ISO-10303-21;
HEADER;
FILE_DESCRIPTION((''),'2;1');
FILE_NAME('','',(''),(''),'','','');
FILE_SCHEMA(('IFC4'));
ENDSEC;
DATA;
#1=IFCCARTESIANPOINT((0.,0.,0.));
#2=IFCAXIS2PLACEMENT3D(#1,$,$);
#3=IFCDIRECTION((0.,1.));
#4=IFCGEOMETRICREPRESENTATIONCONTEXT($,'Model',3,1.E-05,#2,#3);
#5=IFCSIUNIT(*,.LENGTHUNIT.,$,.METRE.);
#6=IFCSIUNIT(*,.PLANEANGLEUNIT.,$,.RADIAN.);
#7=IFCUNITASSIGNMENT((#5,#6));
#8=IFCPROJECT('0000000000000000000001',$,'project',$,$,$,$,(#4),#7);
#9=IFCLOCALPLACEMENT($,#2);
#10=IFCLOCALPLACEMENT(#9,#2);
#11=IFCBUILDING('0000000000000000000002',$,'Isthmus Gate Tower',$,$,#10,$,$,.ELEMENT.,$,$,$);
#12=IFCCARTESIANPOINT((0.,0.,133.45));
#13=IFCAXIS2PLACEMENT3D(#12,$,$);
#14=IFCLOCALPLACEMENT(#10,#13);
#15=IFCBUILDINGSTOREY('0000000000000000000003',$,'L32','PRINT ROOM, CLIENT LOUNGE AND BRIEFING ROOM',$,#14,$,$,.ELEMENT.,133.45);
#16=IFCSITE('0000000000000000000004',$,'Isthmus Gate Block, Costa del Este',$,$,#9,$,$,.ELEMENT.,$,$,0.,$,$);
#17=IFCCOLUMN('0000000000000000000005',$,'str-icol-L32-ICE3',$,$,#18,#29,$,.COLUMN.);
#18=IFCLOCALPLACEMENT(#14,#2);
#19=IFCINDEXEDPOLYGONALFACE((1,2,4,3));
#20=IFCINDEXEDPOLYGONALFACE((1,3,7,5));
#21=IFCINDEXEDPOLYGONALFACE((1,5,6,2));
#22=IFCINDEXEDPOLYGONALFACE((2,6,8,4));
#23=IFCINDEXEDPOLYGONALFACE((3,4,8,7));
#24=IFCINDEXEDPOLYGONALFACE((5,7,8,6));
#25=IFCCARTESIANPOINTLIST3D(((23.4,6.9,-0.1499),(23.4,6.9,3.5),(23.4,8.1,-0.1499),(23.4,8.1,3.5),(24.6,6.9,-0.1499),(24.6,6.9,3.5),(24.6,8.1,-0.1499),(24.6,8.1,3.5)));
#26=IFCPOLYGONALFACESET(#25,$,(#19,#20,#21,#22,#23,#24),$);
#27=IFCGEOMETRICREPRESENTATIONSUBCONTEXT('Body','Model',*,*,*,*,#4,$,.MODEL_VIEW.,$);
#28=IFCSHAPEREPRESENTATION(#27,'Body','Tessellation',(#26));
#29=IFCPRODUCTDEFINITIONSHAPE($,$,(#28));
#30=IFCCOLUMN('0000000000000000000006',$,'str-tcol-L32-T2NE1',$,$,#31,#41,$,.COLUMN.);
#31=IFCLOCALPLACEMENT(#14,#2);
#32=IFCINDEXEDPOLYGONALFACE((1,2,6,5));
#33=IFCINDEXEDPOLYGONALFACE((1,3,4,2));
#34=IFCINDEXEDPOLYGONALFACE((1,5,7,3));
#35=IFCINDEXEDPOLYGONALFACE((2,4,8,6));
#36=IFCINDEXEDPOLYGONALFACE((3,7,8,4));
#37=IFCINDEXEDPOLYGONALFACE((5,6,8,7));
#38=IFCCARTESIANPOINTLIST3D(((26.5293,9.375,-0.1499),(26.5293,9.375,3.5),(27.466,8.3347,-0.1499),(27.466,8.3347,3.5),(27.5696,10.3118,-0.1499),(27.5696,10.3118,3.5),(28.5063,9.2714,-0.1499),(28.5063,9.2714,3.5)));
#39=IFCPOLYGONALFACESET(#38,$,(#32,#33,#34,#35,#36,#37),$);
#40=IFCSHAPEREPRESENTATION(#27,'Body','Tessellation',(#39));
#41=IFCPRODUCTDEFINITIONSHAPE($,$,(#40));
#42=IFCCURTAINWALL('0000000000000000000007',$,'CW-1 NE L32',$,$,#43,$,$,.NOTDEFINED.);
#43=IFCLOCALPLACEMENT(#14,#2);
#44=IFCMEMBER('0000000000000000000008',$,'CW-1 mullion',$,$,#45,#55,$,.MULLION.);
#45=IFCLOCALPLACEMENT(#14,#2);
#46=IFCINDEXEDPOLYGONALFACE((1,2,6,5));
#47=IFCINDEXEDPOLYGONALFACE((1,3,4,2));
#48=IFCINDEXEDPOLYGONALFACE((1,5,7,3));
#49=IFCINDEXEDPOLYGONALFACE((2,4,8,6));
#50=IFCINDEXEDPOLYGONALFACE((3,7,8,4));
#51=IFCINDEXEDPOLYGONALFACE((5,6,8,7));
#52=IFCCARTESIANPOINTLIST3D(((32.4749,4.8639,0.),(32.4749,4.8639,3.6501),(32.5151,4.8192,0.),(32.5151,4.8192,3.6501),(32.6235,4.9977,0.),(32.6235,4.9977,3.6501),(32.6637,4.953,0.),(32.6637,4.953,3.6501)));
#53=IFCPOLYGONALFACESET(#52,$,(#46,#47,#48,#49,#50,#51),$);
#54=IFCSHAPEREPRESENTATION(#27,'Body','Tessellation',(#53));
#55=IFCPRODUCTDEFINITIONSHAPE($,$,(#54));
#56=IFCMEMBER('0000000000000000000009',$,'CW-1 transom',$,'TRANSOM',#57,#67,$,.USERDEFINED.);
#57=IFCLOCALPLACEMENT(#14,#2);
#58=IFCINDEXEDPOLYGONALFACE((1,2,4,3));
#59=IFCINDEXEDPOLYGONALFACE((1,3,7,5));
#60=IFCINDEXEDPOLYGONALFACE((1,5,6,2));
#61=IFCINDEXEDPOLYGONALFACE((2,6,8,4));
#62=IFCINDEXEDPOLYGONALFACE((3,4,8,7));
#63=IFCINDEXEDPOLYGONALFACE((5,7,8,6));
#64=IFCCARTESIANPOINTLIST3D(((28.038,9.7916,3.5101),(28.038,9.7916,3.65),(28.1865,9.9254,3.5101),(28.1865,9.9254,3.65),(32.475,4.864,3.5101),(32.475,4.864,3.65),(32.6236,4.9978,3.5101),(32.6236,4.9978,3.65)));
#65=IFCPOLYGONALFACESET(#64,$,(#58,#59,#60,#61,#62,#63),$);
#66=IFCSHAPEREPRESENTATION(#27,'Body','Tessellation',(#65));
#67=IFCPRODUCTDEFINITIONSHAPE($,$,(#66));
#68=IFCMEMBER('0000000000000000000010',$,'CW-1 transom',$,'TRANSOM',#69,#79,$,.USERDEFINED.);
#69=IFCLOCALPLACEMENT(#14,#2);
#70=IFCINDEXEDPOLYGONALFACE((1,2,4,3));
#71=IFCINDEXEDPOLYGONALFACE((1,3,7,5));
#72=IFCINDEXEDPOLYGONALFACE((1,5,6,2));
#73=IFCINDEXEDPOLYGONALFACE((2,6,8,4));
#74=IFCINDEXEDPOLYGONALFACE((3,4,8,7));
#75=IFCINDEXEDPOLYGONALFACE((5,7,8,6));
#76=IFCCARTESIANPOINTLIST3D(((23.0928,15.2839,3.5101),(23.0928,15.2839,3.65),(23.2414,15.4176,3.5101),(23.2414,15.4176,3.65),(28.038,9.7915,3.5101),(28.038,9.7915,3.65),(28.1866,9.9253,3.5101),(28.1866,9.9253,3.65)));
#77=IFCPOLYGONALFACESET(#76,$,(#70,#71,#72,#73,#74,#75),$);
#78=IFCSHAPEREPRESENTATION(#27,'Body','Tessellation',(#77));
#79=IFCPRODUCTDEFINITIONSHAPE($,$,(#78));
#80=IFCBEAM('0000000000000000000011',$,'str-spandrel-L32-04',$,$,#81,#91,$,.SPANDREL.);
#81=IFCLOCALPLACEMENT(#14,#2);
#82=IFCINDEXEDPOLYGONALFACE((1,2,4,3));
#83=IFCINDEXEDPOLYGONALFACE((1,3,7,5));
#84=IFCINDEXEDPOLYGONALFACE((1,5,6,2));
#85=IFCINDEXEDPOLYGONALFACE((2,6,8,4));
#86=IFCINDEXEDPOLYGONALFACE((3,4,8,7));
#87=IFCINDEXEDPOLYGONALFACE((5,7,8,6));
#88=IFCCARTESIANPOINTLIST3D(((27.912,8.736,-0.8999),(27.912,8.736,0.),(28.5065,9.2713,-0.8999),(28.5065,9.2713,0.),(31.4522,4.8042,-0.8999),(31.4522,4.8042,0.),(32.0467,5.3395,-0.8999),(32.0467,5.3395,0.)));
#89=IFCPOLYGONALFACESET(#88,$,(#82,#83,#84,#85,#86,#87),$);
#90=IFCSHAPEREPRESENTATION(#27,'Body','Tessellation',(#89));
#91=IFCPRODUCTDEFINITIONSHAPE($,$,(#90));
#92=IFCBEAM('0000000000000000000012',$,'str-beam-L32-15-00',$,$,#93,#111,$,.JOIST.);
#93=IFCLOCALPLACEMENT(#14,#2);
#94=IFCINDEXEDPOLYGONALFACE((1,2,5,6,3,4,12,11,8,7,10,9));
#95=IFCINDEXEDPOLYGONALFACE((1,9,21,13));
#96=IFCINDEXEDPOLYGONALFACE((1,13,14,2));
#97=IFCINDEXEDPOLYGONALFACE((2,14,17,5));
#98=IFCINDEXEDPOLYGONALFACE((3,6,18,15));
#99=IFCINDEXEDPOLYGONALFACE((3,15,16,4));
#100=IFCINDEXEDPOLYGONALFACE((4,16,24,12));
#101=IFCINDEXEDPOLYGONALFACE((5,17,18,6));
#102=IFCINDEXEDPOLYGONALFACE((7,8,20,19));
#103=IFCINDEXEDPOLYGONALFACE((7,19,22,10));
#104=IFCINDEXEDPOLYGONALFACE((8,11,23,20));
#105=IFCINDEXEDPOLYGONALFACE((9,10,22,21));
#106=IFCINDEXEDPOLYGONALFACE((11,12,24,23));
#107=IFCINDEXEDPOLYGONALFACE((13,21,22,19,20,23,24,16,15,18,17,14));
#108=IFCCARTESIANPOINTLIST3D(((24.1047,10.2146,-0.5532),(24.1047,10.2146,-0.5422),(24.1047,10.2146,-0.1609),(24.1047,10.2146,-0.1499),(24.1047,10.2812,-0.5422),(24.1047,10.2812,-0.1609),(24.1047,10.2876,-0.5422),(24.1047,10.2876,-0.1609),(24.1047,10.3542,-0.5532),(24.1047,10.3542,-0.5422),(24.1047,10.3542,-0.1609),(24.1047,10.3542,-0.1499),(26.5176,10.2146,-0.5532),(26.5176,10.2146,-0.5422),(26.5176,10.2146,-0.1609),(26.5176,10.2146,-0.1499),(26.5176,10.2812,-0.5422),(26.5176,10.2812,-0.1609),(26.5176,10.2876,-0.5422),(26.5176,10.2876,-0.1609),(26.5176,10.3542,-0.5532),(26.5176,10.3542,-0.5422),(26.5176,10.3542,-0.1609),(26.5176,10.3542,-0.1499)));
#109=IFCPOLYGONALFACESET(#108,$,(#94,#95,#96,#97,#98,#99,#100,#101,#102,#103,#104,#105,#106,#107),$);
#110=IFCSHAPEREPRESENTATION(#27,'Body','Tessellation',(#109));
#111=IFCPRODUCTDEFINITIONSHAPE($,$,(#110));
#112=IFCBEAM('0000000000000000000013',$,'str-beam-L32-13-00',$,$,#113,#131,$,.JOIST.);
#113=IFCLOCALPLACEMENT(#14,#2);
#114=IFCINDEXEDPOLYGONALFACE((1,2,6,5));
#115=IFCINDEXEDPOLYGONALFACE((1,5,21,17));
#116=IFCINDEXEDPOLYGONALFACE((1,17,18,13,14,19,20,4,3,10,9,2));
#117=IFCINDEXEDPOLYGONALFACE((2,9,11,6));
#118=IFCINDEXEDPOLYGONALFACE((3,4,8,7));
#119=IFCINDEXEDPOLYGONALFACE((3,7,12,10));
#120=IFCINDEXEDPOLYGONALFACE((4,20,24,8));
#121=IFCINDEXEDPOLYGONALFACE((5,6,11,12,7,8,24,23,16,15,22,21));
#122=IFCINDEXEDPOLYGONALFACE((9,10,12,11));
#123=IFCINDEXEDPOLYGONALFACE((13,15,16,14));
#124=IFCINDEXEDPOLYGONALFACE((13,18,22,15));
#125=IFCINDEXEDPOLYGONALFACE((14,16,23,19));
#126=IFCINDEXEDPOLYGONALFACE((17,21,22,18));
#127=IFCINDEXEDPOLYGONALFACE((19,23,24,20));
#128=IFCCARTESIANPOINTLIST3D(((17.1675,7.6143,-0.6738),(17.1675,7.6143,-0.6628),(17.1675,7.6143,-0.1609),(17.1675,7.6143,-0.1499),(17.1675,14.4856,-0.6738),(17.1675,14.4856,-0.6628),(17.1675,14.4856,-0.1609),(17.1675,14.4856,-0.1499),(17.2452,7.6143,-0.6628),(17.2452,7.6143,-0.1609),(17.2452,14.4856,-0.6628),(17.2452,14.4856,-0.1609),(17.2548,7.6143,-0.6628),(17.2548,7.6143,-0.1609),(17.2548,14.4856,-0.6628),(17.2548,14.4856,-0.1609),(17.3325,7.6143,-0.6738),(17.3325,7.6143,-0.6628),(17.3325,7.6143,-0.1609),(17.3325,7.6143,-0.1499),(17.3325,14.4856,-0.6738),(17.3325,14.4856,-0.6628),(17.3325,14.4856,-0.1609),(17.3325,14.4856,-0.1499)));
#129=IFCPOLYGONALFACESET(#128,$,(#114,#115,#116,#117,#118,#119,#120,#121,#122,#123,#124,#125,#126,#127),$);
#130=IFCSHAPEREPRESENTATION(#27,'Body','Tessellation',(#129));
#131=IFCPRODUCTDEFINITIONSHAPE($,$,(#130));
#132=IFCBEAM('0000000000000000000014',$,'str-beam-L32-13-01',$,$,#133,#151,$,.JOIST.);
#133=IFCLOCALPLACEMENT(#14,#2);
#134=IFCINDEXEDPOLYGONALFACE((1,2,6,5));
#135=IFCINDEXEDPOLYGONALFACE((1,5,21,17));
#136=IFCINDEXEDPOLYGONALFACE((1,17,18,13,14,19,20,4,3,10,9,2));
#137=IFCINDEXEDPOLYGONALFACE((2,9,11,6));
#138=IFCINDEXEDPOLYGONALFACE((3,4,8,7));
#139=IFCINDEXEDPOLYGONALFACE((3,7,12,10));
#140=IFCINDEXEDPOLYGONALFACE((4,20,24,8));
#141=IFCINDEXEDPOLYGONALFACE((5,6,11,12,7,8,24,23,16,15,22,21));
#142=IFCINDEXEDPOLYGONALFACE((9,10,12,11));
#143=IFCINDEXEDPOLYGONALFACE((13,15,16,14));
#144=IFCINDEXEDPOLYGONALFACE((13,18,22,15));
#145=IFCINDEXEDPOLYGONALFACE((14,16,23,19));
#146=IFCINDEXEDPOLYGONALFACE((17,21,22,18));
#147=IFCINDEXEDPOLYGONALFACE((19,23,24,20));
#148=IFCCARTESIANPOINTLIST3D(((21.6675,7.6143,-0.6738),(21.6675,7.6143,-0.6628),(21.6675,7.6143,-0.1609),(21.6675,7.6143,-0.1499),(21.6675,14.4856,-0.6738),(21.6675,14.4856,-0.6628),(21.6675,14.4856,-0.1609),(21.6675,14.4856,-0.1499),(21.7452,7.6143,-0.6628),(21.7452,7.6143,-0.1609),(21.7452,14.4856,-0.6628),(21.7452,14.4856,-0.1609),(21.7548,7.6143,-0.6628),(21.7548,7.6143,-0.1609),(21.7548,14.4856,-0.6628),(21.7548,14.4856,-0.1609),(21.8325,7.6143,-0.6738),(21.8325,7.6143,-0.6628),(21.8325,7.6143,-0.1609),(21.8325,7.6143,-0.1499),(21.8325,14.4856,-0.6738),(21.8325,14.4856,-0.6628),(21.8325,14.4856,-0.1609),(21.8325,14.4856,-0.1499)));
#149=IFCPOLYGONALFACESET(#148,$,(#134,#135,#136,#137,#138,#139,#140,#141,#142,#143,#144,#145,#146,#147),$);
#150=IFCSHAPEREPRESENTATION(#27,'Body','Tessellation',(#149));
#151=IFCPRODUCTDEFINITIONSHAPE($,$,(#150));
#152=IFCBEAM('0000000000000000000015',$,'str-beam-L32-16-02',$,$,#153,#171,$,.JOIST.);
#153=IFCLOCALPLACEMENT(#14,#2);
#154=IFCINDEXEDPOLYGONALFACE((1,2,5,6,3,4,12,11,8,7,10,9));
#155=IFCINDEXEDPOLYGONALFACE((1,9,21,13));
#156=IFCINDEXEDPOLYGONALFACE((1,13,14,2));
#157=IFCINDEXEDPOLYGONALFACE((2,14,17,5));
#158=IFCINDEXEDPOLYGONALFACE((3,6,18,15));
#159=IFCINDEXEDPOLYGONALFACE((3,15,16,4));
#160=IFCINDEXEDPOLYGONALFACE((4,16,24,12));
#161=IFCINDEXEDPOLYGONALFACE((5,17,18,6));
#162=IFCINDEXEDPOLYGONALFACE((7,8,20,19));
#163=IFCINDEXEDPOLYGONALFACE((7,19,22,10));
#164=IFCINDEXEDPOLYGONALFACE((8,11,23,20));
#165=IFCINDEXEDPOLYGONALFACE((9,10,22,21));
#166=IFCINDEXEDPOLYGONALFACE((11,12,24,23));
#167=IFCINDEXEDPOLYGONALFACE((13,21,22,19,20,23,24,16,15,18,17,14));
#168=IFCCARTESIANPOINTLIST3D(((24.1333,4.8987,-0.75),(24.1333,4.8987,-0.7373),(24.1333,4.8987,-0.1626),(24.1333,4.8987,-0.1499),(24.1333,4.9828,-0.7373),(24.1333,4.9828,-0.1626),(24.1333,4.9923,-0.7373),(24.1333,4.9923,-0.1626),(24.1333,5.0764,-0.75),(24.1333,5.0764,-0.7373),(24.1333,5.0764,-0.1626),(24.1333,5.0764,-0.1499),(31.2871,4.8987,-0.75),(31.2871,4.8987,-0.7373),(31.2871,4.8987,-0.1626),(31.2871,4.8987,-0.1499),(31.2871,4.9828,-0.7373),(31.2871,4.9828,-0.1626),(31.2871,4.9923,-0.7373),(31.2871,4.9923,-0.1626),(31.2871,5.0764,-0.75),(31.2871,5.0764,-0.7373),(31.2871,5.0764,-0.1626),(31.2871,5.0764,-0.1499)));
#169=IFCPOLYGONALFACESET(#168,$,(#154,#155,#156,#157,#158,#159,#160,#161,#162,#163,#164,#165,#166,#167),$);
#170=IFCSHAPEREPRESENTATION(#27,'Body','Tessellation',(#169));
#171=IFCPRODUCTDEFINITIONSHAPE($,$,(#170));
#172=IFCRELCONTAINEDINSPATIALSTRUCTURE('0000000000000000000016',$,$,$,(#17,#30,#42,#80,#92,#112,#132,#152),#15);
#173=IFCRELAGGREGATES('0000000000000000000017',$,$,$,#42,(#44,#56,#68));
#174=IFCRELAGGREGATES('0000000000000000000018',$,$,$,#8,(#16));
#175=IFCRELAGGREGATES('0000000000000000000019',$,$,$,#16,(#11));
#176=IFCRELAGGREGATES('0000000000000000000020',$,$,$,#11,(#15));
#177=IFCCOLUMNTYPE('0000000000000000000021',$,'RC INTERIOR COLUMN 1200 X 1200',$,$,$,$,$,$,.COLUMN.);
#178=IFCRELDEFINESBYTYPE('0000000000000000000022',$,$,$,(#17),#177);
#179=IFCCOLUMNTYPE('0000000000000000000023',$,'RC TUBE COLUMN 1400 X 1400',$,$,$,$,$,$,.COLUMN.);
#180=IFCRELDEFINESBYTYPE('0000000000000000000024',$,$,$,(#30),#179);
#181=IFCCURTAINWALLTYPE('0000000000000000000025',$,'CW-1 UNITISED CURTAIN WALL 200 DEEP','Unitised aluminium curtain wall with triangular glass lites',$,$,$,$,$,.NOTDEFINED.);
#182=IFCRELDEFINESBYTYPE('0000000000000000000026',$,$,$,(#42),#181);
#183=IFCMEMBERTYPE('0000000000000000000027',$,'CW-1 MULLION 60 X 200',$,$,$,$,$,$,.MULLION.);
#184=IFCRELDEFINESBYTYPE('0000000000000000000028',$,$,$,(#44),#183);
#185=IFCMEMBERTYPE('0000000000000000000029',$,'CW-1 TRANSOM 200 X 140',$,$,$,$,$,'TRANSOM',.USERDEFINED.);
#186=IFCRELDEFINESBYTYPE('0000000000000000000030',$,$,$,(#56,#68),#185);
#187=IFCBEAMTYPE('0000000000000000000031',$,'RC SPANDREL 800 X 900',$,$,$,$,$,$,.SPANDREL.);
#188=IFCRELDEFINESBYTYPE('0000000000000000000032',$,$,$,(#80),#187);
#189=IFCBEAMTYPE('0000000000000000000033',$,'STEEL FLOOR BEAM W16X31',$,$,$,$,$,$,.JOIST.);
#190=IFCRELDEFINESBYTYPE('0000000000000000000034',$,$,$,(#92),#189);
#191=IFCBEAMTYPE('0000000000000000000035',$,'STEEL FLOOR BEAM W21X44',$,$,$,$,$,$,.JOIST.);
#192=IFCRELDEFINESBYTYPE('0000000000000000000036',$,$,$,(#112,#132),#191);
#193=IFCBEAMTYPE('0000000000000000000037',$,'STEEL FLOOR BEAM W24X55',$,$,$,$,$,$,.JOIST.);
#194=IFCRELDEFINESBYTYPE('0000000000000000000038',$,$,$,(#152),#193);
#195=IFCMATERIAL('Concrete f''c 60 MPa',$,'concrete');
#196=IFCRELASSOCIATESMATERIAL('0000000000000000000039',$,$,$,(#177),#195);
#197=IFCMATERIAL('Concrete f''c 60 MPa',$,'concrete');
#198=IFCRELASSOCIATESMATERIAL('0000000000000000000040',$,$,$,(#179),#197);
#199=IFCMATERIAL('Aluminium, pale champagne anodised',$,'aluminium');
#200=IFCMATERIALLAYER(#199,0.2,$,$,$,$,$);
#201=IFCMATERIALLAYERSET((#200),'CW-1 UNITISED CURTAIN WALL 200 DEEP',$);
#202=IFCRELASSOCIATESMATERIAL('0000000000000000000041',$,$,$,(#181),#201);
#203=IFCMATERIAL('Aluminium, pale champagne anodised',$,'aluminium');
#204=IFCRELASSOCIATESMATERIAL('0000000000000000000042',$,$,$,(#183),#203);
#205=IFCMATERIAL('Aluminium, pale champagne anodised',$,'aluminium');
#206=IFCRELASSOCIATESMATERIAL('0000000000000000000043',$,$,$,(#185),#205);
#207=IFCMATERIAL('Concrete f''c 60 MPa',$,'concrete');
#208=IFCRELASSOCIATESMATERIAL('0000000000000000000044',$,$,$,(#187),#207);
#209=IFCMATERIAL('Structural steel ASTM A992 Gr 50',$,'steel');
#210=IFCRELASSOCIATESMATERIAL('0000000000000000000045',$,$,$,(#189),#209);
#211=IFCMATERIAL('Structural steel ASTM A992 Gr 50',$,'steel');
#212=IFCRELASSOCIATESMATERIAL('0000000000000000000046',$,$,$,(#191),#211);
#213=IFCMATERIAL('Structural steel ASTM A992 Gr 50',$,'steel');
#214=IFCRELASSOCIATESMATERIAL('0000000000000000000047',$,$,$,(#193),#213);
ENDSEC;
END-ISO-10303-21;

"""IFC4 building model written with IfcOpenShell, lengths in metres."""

from ifc_helpers import new_model, si_unit, direction, frame, origin, origin_2d, place, context, subcontext, project, spatial, rectangle, i_section, extrude, material, layer, layer_set, material_profile, profile_set, type_object, element, aggregate, save


model = new_model("IFC4")

# Units and contexts
model_context = context("Model", 3, precision=1e-05, world=origin(), true_north=direction((0.0, 1.0)))
body_context = subcontext(model_context, "Body", "Model", "MODEL_VIEW")
ifc_project = project(units=[si_unit("LENGTHUNIT", "METRE"), si_unit("PLANEANGLEUNIT", "RADIAN")], contexts=[model_context])

# Site, building, storey
site_placement = place(None, origin())
site = spatial("IfcSite", under=ifc_project, at=site_placement, Name="Isthmus Gate Block, Costa del Este", CompositionType="ELEMENT", RefElevation=0.0)
building_placement = place(site_placement, origin())
building = spatial("IfcBuilding", under=site, at=building_placement, Name="Isthmus Gate Tower", CompositionType="ELEMENT")
storey_placement = place(building_placement, frame((0.0, 0.0, 133.45)))
storey = spatial("IfcBuildingStorey", under=building, at=storey_placement, Name="L32", Description="PRINT ROOM, CLIENT LOUNGE AND BRIEFING ROOM", CompositionType="ELEMENT", Elevation=133.45)

# Columns
ifc_material_1 = material(Name="Concrete f'c 60 MPa", Category="concrete")
ifc_material_profile_1 = material_profile(ifc_material_1, rectangle(XDim=1.2, YDim=1.2, at=origin_2d()), Name="RC 1200X1200")
ifc_profile_set_1 = profile_set([ifc_material_profile_1], Name="Concrete f'c 60 MPa")
column_type_1 = type_object("IfcColumnType", Name="RC INTERIOR COLUMN 1200 X 1200", PredefinedType="COLUMN", material=ifc_profile_set_1)
column_1_placement = place(storey_placement, frame((24.0, 7.5, -0.1499), z_axis=(0.0, 0.0, 1.0), x_axis=(1.0, 0.0, 0.0)))
element("IfcColumn", 1, at=column_1_placement, inside=storey, type_object=column_type_1, Name="str-icol-L32-ICE3", PredefinedType="COLUMN", context=body_context, shape_type="SweptSolid", body=[
    extrude(rectangle(XDim=1.2, YDim=1.2, at=origin_2d()), origin(), (0.0, 0.0, 1.0), 3.6499),
])
ifc_material_2 = material(Name="Concrete f'c 60 MPa", Category="concrete")
ifc_material_profile_2 = material_profile(ifc_material_2, rectangle(XDim=1.3999, YDim=1.3999, at=origin_2d()), Name="RC 1400X1400")
ifc_profile_set_2 = profile_set([ifc_material_profile_2], Name="Concrete f'c 60 MPa")
column_type_2 = type_object("IfcColumnType", Name="RC TUBE COLUMN 1400 X 1400", PredefinedType="COLUMN", material=ifc_profile_set_2)
column_2_placement = place(storey_placement, frame((27.5178, 9.3232, -0.1499), z_axis=(0.0, 0.0, 1.0), x_axis=(-0.669131, 0.743145, 0.0)))
element("IfcColumn", 2, at=column_2_placement, inside=storey, type_object=column_type_2, Name="str-tcol-L32-T2NE1", PredefinedType="COLUMN", context=body_context, shape_type="SweptSolid", body=[
    extrude(rectangle(XDim=1.3999, YDim=1.3999, at=origin_2d()), origin(), (0.0, 0.0, 1.0), 3.6499),
])

# Curtain wall, members
ifc_material_3 = material(Name="Aluminium, pale champagne anodised", Category="aluminium")
ifc_layer_1 = layer(ifc_material_3, 0.2)
ifc_layer_set_1 = layer_set([ifc_layer_1], Name="CW-1 UNITISED CURTAIN WALL 200 DEEP")
curtain_wall_type = type_object("IfcCurtainWallType", Name="CW-1 UNITISED CURTAIN WALL 200 DEEP", Description="Unitised aluminium curtain wall with triangular glass lites", PredefinedType="NOTDEFINED", material=ifc_layer_set_1)
curtain_wall_placement = place(storey_placement, origin())
curtain_wall = element("IfcCurtainWall", 3, at=curtain_wall_placement, inside=storey, type_object=curtain_wall_type, Name="CW-1 NE L32", PredefinedType="NOTDEFINED")
ifc_material_4 = material(Name="Aluminium, pale champagne anodised", Category="aluminium")
ifc_material_profile_3 = material_profile(ifc_material_4, rectangle(XDim=0.0601, YDim=0.2, at=origin_2d()), Name="60x200")
ifc_profile_set_3 = profile_set([ifc_material_profile_3], Name="Aluminium, pale champagne anodised")
member_type_1 = type_object("IfcMemberType", Name="CW-1 MULLION 60 X 200", PredefinedType="MULLION", material=ifc_profile_set_3)
member_1_placement = place(storey_placement, frame((32.5693, 4.9084, 0.0), z_axis=(0.0, 0.0, 1.0), x_axis=(-0.669131, 0.743145, 0.0)))
member_1 = element("IfcMember", 4, at=member_1_placement, type_object=member_type_1, Name="CW-1 mullion", PredefinedType="MULLION", context=body_context, shape_type="SweptSolid", body=[
    extrude(rectangle(XDim=0.0601, YDim=0.2, at=origin_2d()), origin(), (0.0, 0.0, 1.0), 3.6501),
])
ifc_material_5 = material(Name="Aluminium, pale champagne anodised", Category="aluminium")
ifc_material_profile_4 = material_profile(ifc_material_5, rectangle(XDim=0.2, YDim=0.1399, at=origin_2d()), Name="200x140")
ifc_profile_set_4 = profile_set([ifc_material_profile_4], Name="Aluminium, pale champagne anodised")
member_type_2 = type_object("IfcMemberType", Name="CW-1 TRANSOM 200 X 140", ElementType="TRANSOM", PredefinedType="USERDEFINED", material=ifc_profile_set_4)
member_2_placement = place(storey_placement, frame((32.5493, 4.9309, 3.5801), z_axis=(-0.669154, 0.743124, 0.0), x_axis=(-0.743124, -0.669154, 0.0)))
member_2 = element("IfcMember", 5, at=member_2_placement, type_object=member_type_2, Name="CW-1 transom", ObjectType="TRANSOM", PredefinedType="USERDEFINED", context=body_context, shape_type="SweptSolid", body=[
    extrude(rectangle(XDim=0.2, YDim=0.1399, at=origin_2d()), origin(), (0.0, 0.0, 1.0), 6.6309),
])
member_3_placement = place(storey_placement, frame((28.1123, 9.8584, 3.5801), z_axis=(-0.669123, 0.743151, 0.0), x_axis=(-0.743151, -0.669123, 0.0)))
member_3 = element("IfcMember", 6, at=member_3_placement, type_object=member_type_2, Name="CW-1 transom", ObjectType="TRANSOM", PredefinedType="USERDEFINED", context=body_context, shape_type="SweptSolid", body=[
    extrude(rectangle(XDim=0.2, YDim=0.1399, at=origin_2d()), origin(), (0.0, 0.0, 1.0), 7.3906),
])

# Beams
ifc_material_6 = material(Name="Concrete f'c 60 MPa", Category="concrete")
ifc_material_profile_5 = material_profile(ifc_material_6, rectangle(XDim=0.8, YDim=0.8999, at=origin_2d()), Name="RC 800X900")
ifc_profile_set_5 = profile_set([ifc_material_profile_5], Name="Concrete f'c 60 MPa")
beam_type_1 = type_object("IfcBeamType", Name="RC SPANDREL 800 X 900", PredefinedType="SPANDREL", material=ifc_profile_set_5)
beam_1_placement = place(storey_placement, frame((28.2092, 9.0037, -0.45), z_axis=(0.66913, -0.743145, 0.0), x_axis=(0.743145, 0.66913, 0.0)))
element("IfcBeam", 7, at=beam_1_placement, inside=storey, type_object=beam_type_1, Name="str-spandrel-L32-04", PredefinedType="SPANDREL", context=body_context, shape_type="SweptSolid", body=[
    extrude(rectangle(XDim=0.8, YDim=0.8999, at=origin_2d()), origin(), (0.0, 0.0, 1.0), 5.2908),
])
ifc_material_7 = material(Name="Structural steel ASTM A992 Gr 50", Category="steel")
ifc_material_profile_6 = material_profile(ifc_material_7, i_section(OverallWidth=0.1396, OverallDepth=0.4033, WebThickness=0.0063, FlangeThickness=0.011, at=origin_2d()), Name="W16X31")
ifc_profile_set_6 = profile_set([ifc_material_profile_6], Name="Structural steel ASTM A992 Gr 50")
beam_type_2 = type_object("IfcBeamType", Name="STEEL FLOOR BEAM W16X31", PredefinedType="JOIST", material=ifc_profile_set_6)
beam_2_placement = place(storey_placement, frame((24.1047, 10.2844, -0.3516), z_axis=(1.0, 0.0, 0.0), x_axis=(0.0, 1.0, 0.0)))
element("IfcBeam", 8, at=beam_2_placement, inside=storey, type_object=beam_type_2, Name="str-beam-L32-15-00", PredefinedType="JOIST", context=body_context, shape_type="SweptSolid", body=[
    extrude(i_section(OverallWidth=0.1396, OverallDepth=0.4033, WebThickness=0.0063, FlangeThickness=0.011, at=origin_2d()), origin(), (0.0, 0.0, 1.0), 2.4128),
])
ifc_material_8 = material(Name="Structural steel ASTM A992 Gr 50", Category="steel")
ifc_material_profile_7 = material_profile(ifc_material_8, i_section(OverallWidth=0.165, OverallDepth=0.5239, WebThickness=0.0095, FlangeThickness=0.011, at=origin_2d()), Name="W21X44")
ifc_profile_set_7 = profile_set([ifc_material_profile_7], Name="Structural steel ASTM A992 Gr 50")
beam_type_3 = type_object("IfcBeamType", Name="STEEL FLOOR BEAM W21X44", PredefinedType="JOIST", material=ifc_profile_set_7)
for number, where, z_axis, x_axis, name in (
    (9, (17.25, 7.6143, -0.4119), (0.0, 1.0, 0.0), (-1.0, 0.0, 0.0), "str-beam-L32-13-00"),
    (10, (21.75, 7.6143, -0.4119), (0.0, 1.0, 0.0), (-1.0, 0.0, 0.0), "str-beam-L32-13-01"),
):
    element("IfcBeam", number, at=place(storey_placement, frame(where, z_axis=z_axis, x_axis=x_axis)), inside=storey, type_object=beam_type_3, Name=name, PredefinedType="JOIST", context=body_context, shape_type="SweptSolid", body=[
        extrude(i_section(OverallWidth=0.165, OverallDepth=0.5239, WebThickness=0.0095, FlangeThickness=0.011, at=origin_2d()), origin(), (0.0, 0.0, 1.0), 6.8713),
    ])
ifc_material_9 = material(Name="Structural steel ASTM A992 Gr 50", Category="steel")
ifc_material_profile_8 = material_profile(ifc_material_9, i_section(OverallWidth=0.1777, OverallDepth=0.6001, WebThickness=0.0095, FlangeThickness=0.0127, at=origin_2d()), Name="W24X55")
ifc_profile_set_8 = profile_set([ifc_material_profile_8], Name="Structural steel ASTM A992 Gr 50")
beam_type_4 = type_object("IfcBeamType", Name="STEEL FLOOR BEAM W24X55", PredefinedType="JOIST", material=ifc_profile_set_8)
beam_3_placement = place(storey_placement, frame((24.1333, 4.9875, -0.45), z_axis=(1.0, 0.0, 0.0), x_axis=(0.0, 1.0, 0.0)))
element("IfcBeam", 11, at=beam_3_placement, inside=storey, type_object=beam_type_4, Name="str-beam-L32-16-02", PredefinedType="JOIST", context=body_context, shape_type="SweptSolid", body=[
    extrude(i_section(OverallWidth=0.1777, OverallDepth=0.6001, WebThickness=0.0095, FlangeThickness=0.0127, at=origin_2d()), origin(), (0.0, 0.0, 1.0), 7.1538),
])

aggregate(curtain_wall, [member_1, member_2, member_3])

save(model, "model.ifc")
